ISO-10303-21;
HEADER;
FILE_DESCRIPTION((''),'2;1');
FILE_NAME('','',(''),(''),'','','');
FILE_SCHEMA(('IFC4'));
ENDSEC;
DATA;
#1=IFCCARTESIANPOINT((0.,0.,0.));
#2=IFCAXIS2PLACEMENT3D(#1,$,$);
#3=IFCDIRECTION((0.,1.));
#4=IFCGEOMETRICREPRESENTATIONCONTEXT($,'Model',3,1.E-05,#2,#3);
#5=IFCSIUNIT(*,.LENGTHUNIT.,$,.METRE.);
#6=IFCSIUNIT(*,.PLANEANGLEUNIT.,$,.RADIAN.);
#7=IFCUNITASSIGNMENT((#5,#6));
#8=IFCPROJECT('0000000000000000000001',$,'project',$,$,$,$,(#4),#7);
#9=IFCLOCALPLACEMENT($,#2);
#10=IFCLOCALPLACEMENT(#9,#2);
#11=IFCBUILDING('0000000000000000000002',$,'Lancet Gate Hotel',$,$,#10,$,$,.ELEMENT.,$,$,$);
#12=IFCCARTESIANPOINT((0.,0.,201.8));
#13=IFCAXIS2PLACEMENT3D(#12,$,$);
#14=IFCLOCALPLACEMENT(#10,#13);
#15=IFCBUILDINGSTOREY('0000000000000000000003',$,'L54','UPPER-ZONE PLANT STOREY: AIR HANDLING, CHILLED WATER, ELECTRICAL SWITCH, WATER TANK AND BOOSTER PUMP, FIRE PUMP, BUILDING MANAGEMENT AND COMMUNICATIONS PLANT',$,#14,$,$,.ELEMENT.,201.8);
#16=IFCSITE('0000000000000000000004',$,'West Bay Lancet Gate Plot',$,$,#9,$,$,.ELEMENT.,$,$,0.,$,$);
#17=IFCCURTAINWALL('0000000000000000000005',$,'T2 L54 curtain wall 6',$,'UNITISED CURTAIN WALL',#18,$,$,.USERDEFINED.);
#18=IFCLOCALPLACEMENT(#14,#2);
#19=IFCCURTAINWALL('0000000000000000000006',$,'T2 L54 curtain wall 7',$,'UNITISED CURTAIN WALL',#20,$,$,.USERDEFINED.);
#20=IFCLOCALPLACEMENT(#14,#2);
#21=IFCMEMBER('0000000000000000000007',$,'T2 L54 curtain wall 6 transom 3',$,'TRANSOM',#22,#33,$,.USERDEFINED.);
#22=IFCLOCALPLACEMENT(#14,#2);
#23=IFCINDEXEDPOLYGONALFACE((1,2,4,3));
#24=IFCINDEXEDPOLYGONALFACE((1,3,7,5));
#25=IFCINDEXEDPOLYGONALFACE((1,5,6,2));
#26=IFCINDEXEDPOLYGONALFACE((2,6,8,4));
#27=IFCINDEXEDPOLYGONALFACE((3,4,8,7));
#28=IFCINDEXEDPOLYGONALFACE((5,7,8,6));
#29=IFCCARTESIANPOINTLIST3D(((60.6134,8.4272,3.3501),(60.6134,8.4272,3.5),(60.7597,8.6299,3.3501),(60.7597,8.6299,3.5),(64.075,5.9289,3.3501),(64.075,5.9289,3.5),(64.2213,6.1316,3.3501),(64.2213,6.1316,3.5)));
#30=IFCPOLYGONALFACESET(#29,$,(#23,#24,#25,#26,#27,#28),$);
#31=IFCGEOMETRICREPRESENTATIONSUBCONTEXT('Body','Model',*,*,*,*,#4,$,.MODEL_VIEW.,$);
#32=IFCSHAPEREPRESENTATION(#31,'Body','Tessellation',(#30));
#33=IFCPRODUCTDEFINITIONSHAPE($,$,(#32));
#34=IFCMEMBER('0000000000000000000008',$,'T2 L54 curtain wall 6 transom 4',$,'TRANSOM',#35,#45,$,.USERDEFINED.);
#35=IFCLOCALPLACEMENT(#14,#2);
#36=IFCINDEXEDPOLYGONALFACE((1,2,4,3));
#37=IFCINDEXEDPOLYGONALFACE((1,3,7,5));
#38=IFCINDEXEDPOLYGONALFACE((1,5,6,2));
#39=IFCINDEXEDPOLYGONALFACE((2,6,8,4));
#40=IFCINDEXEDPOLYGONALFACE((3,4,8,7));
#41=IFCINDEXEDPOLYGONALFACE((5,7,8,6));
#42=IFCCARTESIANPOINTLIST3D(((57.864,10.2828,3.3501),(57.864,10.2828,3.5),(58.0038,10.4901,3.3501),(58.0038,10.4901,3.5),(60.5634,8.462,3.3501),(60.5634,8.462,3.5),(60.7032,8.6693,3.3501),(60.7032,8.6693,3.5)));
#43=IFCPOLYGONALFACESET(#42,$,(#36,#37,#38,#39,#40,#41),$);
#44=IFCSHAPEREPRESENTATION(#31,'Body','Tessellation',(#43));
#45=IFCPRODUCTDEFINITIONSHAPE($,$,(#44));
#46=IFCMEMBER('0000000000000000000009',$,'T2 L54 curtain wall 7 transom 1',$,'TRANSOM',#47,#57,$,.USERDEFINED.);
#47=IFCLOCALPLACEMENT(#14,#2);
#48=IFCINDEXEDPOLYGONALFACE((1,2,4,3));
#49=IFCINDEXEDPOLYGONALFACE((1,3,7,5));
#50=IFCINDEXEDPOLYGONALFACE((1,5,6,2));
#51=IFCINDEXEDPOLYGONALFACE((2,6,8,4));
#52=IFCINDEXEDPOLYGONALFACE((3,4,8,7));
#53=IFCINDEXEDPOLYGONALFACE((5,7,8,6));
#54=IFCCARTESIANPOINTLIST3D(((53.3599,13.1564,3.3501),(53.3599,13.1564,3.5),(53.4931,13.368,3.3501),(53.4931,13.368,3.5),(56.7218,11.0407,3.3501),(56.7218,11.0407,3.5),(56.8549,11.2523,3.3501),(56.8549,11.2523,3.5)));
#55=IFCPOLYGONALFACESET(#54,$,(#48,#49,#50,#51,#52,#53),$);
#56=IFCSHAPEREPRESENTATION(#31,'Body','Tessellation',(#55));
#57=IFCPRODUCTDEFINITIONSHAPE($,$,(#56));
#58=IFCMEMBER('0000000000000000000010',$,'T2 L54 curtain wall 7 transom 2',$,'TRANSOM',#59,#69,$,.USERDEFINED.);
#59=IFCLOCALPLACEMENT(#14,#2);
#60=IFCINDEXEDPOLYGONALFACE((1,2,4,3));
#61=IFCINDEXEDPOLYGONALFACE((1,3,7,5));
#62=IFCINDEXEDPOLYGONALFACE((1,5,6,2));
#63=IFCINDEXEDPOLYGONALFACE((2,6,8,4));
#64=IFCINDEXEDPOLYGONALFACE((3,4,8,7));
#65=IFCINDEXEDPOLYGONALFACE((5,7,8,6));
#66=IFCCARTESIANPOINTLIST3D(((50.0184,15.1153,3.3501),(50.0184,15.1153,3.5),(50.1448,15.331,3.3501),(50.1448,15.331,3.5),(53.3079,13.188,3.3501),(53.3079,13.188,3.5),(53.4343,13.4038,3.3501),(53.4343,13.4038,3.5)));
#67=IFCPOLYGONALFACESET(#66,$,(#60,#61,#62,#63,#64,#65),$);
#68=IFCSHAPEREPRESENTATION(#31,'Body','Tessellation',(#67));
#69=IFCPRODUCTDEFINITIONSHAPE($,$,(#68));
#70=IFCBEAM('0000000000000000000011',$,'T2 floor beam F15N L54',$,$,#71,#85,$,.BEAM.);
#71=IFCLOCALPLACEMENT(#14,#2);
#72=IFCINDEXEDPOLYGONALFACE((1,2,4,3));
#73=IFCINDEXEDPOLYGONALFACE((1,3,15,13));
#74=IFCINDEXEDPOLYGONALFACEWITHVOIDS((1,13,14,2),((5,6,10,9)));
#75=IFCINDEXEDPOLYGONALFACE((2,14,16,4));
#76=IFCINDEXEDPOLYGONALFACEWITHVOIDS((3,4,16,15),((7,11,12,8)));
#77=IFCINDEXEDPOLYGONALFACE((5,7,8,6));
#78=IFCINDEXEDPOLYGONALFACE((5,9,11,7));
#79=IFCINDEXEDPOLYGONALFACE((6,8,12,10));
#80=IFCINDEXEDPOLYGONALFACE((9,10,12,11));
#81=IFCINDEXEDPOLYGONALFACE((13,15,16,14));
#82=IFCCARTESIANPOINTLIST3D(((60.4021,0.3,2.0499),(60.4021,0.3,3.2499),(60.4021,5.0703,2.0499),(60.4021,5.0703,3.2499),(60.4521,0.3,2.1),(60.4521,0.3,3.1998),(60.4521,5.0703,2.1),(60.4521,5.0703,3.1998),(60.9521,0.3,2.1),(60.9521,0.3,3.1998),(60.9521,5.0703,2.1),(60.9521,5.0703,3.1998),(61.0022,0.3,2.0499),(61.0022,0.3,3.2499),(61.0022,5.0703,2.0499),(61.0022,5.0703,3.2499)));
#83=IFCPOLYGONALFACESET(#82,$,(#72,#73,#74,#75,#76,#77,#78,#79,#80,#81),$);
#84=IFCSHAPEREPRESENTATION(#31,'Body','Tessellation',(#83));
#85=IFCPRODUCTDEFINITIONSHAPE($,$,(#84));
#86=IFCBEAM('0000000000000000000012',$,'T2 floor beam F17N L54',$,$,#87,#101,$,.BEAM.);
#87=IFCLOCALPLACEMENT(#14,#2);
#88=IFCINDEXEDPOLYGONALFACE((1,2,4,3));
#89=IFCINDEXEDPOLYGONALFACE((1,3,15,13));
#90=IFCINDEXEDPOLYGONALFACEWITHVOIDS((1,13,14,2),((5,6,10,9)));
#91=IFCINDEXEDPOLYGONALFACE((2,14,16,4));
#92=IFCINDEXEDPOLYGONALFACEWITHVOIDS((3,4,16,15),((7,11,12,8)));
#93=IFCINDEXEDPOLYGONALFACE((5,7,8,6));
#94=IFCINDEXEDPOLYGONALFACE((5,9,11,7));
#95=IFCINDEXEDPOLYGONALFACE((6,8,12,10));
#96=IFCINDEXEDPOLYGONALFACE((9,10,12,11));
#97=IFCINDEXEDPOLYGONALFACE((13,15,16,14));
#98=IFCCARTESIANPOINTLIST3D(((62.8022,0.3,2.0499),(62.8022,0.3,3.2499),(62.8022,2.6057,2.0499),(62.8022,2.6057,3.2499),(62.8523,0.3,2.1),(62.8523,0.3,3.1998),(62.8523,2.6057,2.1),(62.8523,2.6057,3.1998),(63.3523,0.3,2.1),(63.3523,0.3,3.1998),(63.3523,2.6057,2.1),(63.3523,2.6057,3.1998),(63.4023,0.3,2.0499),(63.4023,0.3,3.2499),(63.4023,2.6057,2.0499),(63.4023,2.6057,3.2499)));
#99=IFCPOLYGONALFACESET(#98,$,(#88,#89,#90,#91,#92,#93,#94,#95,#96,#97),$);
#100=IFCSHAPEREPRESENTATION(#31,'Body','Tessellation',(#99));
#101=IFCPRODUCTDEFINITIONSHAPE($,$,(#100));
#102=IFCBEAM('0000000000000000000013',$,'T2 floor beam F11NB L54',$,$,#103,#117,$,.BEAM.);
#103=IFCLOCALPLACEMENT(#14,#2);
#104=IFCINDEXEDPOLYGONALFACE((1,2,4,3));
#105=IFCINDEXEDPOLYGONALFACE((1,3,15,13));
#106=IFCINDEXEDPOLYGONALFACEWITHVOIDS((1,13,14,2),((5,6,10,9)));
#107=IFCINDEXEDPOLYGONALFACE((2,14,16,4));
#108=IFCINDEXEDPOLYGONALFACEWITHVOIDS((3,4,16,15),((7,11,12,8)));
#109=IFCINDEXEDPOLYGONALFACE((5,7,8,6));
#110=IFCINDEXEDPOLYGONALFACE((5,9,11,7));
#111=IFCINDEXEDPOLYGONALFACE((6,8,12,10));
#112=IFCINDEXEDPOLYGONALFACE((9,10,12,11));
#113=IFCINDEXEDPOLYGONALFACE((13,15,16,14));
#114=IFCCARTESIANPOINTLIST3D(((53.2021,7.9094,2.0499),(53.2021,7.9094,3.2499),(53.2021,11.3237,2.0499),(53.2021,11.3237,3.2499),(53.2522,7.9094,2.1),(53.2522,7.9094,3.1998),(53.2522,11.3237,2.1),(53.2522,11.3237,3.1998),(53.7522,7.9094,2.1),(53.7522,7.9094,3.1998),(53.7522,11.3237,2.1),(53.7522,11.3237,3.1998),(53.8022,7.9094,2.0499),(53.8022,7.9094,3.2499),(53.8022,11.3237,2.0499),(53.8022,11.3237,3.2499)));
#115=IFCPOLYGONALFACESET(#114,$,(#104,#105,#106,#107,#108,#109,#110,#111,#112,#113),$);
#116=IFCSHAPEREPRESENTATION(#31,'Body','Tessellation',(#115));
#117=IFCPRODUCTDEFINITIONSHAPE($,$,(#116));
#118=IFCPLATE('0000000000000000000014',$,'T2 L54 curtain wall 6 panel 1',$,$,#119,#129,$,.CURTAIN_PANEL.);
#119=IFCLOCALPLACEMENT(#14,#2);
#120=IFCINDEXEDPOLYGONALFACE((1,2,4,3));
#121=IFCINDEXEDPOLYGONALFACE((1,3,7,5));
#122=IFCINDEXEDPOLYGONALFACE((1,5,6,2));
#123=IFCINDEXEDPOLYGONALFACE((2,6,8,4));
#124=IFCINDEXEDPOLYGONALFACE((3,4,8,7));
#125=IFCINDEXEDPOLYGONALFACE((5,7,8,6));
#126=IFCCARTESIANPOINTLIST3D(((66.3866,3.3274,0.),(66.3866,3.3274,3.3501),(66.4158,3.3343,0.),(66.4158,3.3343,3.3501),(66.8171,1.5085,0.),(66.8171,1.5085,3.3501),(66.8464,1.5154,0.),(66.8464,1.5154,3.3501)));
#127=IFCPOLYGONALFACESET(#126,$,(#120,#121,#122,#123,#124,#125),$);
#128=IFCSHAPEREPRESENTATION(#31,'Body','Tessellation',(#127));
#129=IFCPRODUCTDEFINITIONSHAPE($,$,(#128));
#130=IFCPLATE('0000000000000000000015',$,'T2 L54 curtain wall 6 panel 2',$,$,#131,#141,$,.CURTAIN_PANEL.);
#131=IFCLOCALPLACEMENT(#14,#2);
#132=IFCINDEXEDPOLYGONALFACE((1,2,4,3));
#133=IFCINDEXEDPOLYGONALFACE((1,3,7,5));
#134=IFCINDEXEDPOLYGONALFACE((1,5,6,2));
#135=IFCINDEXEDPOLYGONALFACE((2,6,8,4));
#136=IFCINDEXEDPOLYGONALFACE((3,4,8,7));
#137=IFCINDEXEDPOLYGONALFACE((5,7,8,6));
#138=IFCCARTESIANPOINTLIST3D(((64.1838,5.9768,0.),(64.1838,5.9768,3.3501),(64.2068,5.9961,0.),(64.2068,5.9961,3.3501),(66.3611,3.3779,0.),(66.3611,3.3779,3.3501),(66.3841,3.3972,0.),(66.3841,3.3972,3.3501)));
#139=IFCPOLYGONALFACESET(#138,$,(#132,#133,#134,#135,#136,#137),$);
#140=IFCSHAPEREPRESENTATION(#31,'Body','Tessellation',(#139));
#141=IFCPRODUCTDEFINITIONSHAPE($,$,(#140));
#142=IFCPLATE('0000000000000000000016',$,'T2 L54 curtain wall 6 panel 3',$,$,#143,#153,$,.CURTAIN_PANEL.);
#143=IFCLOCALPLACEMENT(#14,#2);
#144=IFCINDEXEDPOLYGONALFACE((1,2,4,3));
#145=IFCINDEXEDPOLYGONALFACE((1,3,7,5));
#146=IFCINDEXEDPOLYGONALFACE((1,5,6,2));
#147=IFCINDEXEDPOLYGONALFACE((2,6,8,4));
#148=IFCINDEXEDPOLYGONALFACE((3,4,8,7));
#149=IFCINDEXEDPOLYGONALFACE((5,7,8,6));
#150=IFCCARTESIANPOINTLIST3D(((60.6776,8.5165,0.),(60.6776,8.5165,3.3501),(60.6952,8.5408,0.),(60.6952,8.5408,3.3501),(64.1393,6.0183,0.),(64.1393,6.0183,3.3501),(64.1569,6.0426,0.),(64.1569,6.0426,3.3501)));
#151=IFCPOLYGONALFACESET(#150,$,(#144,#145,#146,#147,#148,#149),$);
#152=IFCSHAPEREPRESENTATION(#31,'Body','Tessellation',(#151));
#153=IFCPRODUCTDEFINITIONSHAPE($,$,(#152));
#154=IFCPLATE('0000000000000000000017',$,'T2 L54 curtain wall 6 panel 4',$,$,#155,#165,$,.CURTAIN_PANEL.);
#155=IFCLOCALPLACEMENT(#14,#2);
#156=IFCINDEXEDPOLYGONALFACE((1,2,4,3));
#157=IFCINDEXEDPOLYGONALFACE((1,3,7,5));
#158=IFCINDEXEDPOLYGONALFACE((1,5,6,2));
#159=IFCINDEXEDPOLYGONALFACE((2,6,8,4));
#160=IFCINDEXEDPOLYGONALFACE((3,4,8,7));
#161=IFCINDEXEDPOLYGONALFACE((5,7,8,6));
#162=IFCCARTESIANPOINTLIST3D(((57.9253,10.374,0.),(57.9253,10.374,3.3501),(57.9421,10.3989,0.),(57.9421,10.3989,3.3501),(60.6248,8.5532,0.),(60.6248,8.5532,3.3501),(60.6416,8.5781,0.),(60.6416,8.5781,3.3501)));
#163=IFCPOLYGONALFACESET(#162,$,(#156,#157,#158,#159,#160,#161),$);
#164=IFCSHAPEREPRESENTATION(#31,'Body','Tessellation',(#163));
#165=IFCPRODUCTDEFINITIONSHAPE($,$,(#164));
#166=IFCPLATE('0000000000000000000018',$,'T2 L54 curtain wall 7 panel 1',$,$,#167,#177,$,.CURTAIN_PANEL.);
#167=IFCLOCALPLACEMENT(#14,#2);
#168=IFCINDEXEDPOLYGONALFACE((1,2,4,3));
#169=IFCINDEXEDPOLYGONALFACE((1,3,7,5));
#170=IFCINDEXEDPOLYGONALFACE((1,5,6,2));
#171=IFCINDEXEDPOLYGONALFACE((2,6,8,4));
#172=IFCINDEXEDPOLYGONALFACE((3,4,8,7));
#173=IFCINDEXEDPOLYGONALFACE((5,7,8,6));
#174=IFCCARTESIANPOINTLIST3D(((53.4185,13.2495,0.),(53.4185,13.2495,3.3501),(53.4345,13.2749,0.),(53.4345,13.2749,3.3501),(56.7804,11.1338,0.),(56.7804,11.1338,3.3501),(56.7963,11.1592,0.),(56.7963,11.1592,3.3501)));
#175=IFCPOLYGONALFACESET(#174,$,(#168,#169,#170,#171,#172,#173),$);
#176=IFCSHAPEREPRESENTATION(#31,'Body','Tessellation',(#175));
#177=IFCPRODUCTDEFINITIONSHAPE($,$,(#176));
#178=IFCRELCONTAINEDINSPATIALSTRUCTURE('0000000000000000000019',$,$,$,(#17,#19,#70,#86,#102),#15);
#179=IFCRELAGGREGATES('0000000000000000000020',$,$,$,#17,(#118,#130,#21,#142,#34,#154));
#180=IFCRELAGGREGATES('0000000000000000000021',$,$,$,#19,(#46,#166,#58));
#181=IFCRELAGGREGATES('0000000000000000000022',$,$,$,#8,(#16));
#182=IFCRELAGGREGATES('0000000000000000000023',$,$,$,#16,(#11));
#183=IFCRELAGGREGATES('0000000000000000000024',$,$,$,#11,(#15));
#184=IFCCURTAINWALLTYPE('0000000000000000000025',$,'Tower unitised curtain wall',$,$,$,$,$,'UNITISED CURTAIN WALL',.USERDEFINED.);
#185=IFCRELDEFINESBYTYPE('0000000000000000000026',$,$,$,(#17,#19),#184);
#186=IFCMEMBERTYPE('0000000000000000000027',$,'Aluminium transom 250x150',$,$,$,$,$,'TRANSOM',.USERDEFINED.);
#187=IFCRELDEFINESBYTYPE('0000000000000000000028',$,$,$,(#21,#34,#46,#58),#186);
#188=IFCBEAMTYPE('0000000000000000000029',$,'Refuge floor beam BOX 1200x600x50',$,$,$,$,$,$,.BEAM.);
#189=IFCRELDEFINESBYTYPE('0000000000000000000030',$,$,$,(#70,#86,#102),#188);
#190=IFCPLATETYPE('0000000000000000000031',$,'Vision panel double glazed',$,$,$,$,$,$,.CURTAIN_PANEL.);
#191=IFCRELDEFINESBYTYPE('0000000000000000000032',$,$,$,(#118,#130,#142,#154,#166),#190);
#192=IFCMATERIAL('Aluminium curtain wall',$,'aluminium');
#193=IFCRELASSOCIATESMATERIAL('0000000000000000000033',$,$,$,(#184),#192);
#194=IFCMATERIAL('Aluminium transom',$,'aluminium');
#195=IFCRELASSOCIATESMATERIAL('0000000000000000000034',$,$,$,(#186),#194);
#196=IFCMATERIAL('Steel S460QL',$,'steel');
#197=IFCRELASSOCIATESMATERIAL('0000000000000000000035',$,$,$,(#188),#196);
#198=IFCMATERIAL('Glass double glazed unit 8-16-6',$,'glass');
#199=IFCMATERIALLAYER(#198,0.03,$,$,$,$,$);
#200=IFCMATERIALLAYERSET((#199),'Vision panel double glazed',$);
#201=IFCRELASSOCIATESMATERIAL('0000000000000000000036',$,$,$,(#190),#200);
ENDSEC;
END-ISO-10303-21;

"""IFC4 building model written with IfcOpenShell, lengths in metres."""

from ifc_helpers import new_model, si_unit, direction, frame, origin, origin_2d, place, context, subcontext, project, spatial, rectangle, hollow_rectangle, extrude, material, layer, layer_set, material_profile, profile_set, type_object, element, aggregate, save


model = new_model("IFC4")

# Units and contexts
model_context = context("Model", 3, precision=1e-05, world=origin(), true_north=direction((0.0, 1.0)))
body_context = subcontext(model_context, "Body", "Model", "MODEL_VIEW")
ifc_project = project(units=[si_unit("LENGTHUNIT", "METRE"), si_unit("PLANEANGLEUNIT", "RADIAN")], contexts=[model_context])

# Site, building, storey
site_placement = place(None, origin())
site = spatial("IfcSite", under=ifc_project, at=site_placement, Name="West Bay Lancet Gate Plot", CompositionType="ELEMENT", RefElevation=0.0)
building_placement = place(site_placement, origin())
building = spatial("IfcBuilding", under=site, at=building_placement, Name="Lancet Gate Hotel", CompositionType="ELEMENT")
storey_placement = place(building_placement, frame((0.0, 0.0, 201.8)))
storey = spatial("IfcBuildingStorey", under=building, at=storey_placement, Name="L54", Description="UPPER-ZONE PLANT STOREY: AIR HANDLING, CHILLED WATER, ELECTRICAL SWITCH, WATER TANK AND BOOSTER PUMP, FIRE PUMP, BUILDING MANAGEMENT AND COMMUNICATIONS PLANT", CompositionType="ELEMENT", Elevation=201.8)

# Curtain walls
ifc_material_1 = material(Name="Aluminium curtain wall", Category="aluminium")
curtain_wall_type = type_object("IfcCurtainWallType", Name="Tower unitised curtain wall", ElementType="UNITISED CURTAIN WALL", PredefinedType="USERDEFINED", material=ifc_material_1)
curtain_wall_1_placement = place(storey_placement, origin())
curtain_wall_1 = element("IfcCurtainWall", 1, at=curtain_wall_1_placement, inside=storey, type_object=curtain_wall_type, Name="T2 L54 curtain wall 6", ObjectType="UNITISED CURTAIN WALL", PredefinedType="USERDEFINED")
curtain_wall_2_placement = place(storey_placement, origin())
curtain_wall_2 = element("IfcCurtainWall", 2, at=curtain_wall_2_placement, inside=storey, type_object=curtain_wall_type, Name="T2 L54 curtain wall 7", ObjectType="UNITISED CURTAIN WALL", PredefinedType="USERDEFINED")

# Members
ifc_material_2 = material(Name="Aluminium transom", Category="aluminium")
ifc_material_profile_1 = material_profile(ifc_material_2, rectangle(XDim=0.25, YDim=0.1499, at=origin_2d()), Name="TRANSOM 250x150")
ifc_profile_set_1 = profile_set([ifc_material_profile_1], Name="Aluminium transom")
member_type_1 = type_object("IfcMemberType", Name="Aluminium transom 250x150", ElementType="TRANSOM", PredefinedType="USERDEFINED", material=ifc_profile_set_1)
member_1_placement = place(storey_placement, frame((64.1482, 6.0303, 3.425), z_axis=(-0.81088, 0.585213, 0.0), x_axis=(-0.585213, -0.81088, 0.0)))
member_1 = element("IfcMember", 3, at=member_1_placement, type_object=member_type_1, Name="T2 L54 curtain wall 6 transom 3", ObjectType="TRANSOM", PredefinedType="USERDEFINED", context=body_context, shape_type="SweptSolid", body=[
    extrude(rectangle(XDim=0.25, YDim=0.1499, at=origin_2d()), origin(), (0.0, 0.0, 1.0), 4.269),
])
member_2_placement = place(storey_placement, frame((60.6333, 8.5657, 3.425), z_axis=(-0.829039, 0.559191, 0.0), x_axis=(-0.559191, -0.829039, 0.0)))
member_2 = element("IfcMember", 4, at=member_2_placement, type_object=member_type_1, Name="T2 L54 curtain wall 6 transom 4", ObjectType="TRANSOM", PredefinedType="USERDEFINED", context=body_context, shape_type="SweptSolid", body=[
    extrude(rectangle(XDim=0.25, YDim=0.1499, at=origin_2d()), origin(), (0.0, 0.0, 1.0), 3.2561),
])
member_3_placement = place(storey_placement, frame((56.7883, 11.1465, 3.425), z_axis=(-0.846344, 0.532637, 0.0), x_axis=(-0.532637, -0.846344, 0.0)))
member_3 = element("IfcMember", 5, at=member_3_placement, type_object=member_type_1, Name="T2 L54 curtain wall 7 transom 1", ObjectType="TRANSOM", PredefinedType="USERDEFINED", context=body_context, shape_type="SweptSolid", body=[
    extrude(rectangle(XDim=0.25, YDim=0.1499, at=origin_2d()), origin(), (0.0, 0.0, 1.0), 3.9722),
])
member_4_placement = place(storey_placement, frame((53.3711, 13.2959, 3.425), z_axis=(-0.862825, 0.505503, 0.0), x_axis=(-0.505503, -0.862825, 0.0)))
member_4 = element("IfcMember", 6, at=member_4_placement, type_object=member_type_1, Name="T2 L54 curtain wall 7 transom 2", ObjectType="TRANSOM", PredefinedType="USERDEFINED", context=body_context, shape_type="SweptSolid", body=[
    extrude(rectangle(XDim=0.25, YDim=0.1499, at=origin_2d()), origin(), (0.0, 0.0, 1.0), 3.8125),
])

# Beams
ifc_material_3 = material(Name="Steel S460QL", Category="steel")
ifc_material_profile_2 = material_profile(ifc_material_3, hollow_rectangle(XDim=0.6001, YDim=1.2, WallThickness=0.05, at=origin_2d()), Name="BOX 1200x600x50")
ifc_profile_set_2 = profile_set([ifc_material_profile_2], Name="Steel S460QL")
beam_type = type_object("IfcBeamType", Name="Refuge floor beam BOX 1200x600x50", PredefinedType="BEAM", material=ifc_profile_set_2)
beam_1_placement = place(storey_placement, frame((60.7021, 0.3, 2.6499), z_axis=(0.0, 1.0, 0.0), x_axis=(-1.0, 0.0, 0.0)))
element("IfcBeam", 7, at=beam_1_placement, inside=storey, type_object=beam_type, Name="T2 floor beam F15N L54", PredefinedType="BEAM", context=body_context, shape_type="SweptSolid", body=[
    extrude(hollow_rectangle(XDim=0.6001, YDim=1.2, WallThickness=0.05, at=origin_2d()), origin(), (0.0, 0.0, 1.0), 4.7703),
])
beam_2_placement = place(storey_placement, frame((63.1023, 0.3, 2.6499), z_axis=(0.0, 1.0, 0.0), x_axis=(-1.0, 0.0, 0.0)))
element("IfcBeam", 8, at=beam_2_placement, inside=storey, type_object=beam_type, Name="T2 floor beam F17N L54", PredefinedType="BEAM", context=body_context, shape_type="SweptSolid", body=[
    extrude(hollow_rectangle(XDim=0.6001, YDim=1.2, WallThickness=0.05, at=origin_2d()), origin(), (0.0, 0.0, 1.0), 2.3057),
])
beam_3_placement = place(storey_placement, frame((53.5022, 7.9094, 2.6499), z_axis=(0.0, 1.0, 0.0), x_axis=(-1.0, 0.0, 0.0)))
element("IfcBeam", 9, at=beam_3_placement, inside=storey, type_object=beam_type, Name="T2 floor beam F11NB L54", PredefinedType="BEAM", context=body_context, shape_type="SweptSolid", body=[
    extrude(hollow_rectangle(XDim=0.6001, YDim=1.2, WallThickness=0.05, at=origin_2d()), origin(), (0.0, 0.0, 1.0), 3.4143),
])

# Plates
ifc_material_4 = material(Name="Glass double glazed unit 8-16-6", Category="glass")
ifc_layer_1 = layer(ifc_material_4, 0.03)
ifc_layer_set_1 = layer_set([ifc_layer_1], Name="Vision panel double glazed")
plate_type = type_object("IfcPlateType", Name="Vision panel double glazed", PredefinedType="CURTAIN_PANEL", material=ifc_layer_set_1)
plate_1_placement = place(storey_placement, frame((66.6165, 2.4214, 0.0), z_axis=(0.0, 0.0, 1.0), x_axis=(-0.230367, 0.973104, 0.0)))
plate_1 = element("IfcPlate", 10, at=plate_1_placement, type_object=plate_type, Name="T2 L54 curtain wall 6 panel 1", PredefinedType="CURTAIN_PANEL", context=body_context, shape_type="SweptSolid", body=[
    extrude(rectangle(XDim=1.8691, YDim=0.03, at=origin_2d()), origin(), (0.0, 0.0, 1.0), 3.3501),
])
plate_2_placement = place(storey_placement, frame((65.2839, 4.687, 0.0), z_axis=(0.0, 0.0, 1.0), x_axis=(-0.642199, 0.766538, 0.0)))
plate_2 = element("IfcPlate", 11, at=plate_2_placement, type_object=plate_type, Name="T2 L54 curtain wall 6 panel 2", PredefinedType="CURTAIN_PANEL", context=body_context, shape_type="SweptSolid", body=[
    extrude(rectangle(XDim=3.3904, YDim=0.03, at=origin_2d()), origin(), (0.0, 0.0, 1.0), 3.3501),
])
plate_3_placement = place(storey_placement, frame((62.4172, 7.2795, 0.0), z_axis=(0.0, 0.0, 1.0), x_axis=(-0.810891, 0.585197, 0.0)))
plate_3 = element("IfcPlate", 12, at=plate_3_placement, type_object=plate_type, Name="T2 L54 curtain wall 6 panel 3", PredefinedType="CURTAIN_PANEL", context=body_context, shape_type="SweptSolid", body=[
    extrude(rectangle(XDim=4.269, YDim=0.03, at=origin_2d()), origin(), (0.0, 0.0, 1.0), 3.3501),
])
plate_4_placement = place(storey_placement, frame((59.2834, 9.4761, 0.0), z_axis=(0.0, 0.0, 1.0), x_axis=(-0.829039, 0.559191, 0.0)))
plate_4 = element("IfcPlate", 13, at=plate_4_placement, type_object=plate_type, Name="T2 L54 curtain wall 6 panel 4", PredefinedType="CURTAIN_PANEL", context=body_context, shape_type="SweptSolid", body=[
    extrude(rectangle(XDim=3.2561, YDim=0.03, at=origin_2d()), origin(), (0.0, 0.0, 1.0), 3.3501),
])
aggregate(curtain_wall_1, [plate_1, plate_2, member_1, plate_3, member_2, plate_4])
plate_5_placement = place(storey_placement, frame((55.1074, 12.2043, 0.0), z_axis=(0.0, 0.0, 1.0), x_axis=(-0.846352, 0.532623, 0.0)))
plate_5 = element("IfcPlate", 14, at=plate_5_placement, type_object=plate_type, Name="T2 L54 curtain wall 7 panel 1", PredefinedType="CURTAIN_PANEL", context=body_context, shape_type="SweptSolid", body=[
    extrude(rectangle(XDim=3.9722, YDim=0.03, at=origin_2d()), origin(), (0.0, 0.0, 1.0), 3.3501),
])
aggregate(curtain_wall_2, [member_3, plate_5, member_4])

save(model, "model.ifc")
